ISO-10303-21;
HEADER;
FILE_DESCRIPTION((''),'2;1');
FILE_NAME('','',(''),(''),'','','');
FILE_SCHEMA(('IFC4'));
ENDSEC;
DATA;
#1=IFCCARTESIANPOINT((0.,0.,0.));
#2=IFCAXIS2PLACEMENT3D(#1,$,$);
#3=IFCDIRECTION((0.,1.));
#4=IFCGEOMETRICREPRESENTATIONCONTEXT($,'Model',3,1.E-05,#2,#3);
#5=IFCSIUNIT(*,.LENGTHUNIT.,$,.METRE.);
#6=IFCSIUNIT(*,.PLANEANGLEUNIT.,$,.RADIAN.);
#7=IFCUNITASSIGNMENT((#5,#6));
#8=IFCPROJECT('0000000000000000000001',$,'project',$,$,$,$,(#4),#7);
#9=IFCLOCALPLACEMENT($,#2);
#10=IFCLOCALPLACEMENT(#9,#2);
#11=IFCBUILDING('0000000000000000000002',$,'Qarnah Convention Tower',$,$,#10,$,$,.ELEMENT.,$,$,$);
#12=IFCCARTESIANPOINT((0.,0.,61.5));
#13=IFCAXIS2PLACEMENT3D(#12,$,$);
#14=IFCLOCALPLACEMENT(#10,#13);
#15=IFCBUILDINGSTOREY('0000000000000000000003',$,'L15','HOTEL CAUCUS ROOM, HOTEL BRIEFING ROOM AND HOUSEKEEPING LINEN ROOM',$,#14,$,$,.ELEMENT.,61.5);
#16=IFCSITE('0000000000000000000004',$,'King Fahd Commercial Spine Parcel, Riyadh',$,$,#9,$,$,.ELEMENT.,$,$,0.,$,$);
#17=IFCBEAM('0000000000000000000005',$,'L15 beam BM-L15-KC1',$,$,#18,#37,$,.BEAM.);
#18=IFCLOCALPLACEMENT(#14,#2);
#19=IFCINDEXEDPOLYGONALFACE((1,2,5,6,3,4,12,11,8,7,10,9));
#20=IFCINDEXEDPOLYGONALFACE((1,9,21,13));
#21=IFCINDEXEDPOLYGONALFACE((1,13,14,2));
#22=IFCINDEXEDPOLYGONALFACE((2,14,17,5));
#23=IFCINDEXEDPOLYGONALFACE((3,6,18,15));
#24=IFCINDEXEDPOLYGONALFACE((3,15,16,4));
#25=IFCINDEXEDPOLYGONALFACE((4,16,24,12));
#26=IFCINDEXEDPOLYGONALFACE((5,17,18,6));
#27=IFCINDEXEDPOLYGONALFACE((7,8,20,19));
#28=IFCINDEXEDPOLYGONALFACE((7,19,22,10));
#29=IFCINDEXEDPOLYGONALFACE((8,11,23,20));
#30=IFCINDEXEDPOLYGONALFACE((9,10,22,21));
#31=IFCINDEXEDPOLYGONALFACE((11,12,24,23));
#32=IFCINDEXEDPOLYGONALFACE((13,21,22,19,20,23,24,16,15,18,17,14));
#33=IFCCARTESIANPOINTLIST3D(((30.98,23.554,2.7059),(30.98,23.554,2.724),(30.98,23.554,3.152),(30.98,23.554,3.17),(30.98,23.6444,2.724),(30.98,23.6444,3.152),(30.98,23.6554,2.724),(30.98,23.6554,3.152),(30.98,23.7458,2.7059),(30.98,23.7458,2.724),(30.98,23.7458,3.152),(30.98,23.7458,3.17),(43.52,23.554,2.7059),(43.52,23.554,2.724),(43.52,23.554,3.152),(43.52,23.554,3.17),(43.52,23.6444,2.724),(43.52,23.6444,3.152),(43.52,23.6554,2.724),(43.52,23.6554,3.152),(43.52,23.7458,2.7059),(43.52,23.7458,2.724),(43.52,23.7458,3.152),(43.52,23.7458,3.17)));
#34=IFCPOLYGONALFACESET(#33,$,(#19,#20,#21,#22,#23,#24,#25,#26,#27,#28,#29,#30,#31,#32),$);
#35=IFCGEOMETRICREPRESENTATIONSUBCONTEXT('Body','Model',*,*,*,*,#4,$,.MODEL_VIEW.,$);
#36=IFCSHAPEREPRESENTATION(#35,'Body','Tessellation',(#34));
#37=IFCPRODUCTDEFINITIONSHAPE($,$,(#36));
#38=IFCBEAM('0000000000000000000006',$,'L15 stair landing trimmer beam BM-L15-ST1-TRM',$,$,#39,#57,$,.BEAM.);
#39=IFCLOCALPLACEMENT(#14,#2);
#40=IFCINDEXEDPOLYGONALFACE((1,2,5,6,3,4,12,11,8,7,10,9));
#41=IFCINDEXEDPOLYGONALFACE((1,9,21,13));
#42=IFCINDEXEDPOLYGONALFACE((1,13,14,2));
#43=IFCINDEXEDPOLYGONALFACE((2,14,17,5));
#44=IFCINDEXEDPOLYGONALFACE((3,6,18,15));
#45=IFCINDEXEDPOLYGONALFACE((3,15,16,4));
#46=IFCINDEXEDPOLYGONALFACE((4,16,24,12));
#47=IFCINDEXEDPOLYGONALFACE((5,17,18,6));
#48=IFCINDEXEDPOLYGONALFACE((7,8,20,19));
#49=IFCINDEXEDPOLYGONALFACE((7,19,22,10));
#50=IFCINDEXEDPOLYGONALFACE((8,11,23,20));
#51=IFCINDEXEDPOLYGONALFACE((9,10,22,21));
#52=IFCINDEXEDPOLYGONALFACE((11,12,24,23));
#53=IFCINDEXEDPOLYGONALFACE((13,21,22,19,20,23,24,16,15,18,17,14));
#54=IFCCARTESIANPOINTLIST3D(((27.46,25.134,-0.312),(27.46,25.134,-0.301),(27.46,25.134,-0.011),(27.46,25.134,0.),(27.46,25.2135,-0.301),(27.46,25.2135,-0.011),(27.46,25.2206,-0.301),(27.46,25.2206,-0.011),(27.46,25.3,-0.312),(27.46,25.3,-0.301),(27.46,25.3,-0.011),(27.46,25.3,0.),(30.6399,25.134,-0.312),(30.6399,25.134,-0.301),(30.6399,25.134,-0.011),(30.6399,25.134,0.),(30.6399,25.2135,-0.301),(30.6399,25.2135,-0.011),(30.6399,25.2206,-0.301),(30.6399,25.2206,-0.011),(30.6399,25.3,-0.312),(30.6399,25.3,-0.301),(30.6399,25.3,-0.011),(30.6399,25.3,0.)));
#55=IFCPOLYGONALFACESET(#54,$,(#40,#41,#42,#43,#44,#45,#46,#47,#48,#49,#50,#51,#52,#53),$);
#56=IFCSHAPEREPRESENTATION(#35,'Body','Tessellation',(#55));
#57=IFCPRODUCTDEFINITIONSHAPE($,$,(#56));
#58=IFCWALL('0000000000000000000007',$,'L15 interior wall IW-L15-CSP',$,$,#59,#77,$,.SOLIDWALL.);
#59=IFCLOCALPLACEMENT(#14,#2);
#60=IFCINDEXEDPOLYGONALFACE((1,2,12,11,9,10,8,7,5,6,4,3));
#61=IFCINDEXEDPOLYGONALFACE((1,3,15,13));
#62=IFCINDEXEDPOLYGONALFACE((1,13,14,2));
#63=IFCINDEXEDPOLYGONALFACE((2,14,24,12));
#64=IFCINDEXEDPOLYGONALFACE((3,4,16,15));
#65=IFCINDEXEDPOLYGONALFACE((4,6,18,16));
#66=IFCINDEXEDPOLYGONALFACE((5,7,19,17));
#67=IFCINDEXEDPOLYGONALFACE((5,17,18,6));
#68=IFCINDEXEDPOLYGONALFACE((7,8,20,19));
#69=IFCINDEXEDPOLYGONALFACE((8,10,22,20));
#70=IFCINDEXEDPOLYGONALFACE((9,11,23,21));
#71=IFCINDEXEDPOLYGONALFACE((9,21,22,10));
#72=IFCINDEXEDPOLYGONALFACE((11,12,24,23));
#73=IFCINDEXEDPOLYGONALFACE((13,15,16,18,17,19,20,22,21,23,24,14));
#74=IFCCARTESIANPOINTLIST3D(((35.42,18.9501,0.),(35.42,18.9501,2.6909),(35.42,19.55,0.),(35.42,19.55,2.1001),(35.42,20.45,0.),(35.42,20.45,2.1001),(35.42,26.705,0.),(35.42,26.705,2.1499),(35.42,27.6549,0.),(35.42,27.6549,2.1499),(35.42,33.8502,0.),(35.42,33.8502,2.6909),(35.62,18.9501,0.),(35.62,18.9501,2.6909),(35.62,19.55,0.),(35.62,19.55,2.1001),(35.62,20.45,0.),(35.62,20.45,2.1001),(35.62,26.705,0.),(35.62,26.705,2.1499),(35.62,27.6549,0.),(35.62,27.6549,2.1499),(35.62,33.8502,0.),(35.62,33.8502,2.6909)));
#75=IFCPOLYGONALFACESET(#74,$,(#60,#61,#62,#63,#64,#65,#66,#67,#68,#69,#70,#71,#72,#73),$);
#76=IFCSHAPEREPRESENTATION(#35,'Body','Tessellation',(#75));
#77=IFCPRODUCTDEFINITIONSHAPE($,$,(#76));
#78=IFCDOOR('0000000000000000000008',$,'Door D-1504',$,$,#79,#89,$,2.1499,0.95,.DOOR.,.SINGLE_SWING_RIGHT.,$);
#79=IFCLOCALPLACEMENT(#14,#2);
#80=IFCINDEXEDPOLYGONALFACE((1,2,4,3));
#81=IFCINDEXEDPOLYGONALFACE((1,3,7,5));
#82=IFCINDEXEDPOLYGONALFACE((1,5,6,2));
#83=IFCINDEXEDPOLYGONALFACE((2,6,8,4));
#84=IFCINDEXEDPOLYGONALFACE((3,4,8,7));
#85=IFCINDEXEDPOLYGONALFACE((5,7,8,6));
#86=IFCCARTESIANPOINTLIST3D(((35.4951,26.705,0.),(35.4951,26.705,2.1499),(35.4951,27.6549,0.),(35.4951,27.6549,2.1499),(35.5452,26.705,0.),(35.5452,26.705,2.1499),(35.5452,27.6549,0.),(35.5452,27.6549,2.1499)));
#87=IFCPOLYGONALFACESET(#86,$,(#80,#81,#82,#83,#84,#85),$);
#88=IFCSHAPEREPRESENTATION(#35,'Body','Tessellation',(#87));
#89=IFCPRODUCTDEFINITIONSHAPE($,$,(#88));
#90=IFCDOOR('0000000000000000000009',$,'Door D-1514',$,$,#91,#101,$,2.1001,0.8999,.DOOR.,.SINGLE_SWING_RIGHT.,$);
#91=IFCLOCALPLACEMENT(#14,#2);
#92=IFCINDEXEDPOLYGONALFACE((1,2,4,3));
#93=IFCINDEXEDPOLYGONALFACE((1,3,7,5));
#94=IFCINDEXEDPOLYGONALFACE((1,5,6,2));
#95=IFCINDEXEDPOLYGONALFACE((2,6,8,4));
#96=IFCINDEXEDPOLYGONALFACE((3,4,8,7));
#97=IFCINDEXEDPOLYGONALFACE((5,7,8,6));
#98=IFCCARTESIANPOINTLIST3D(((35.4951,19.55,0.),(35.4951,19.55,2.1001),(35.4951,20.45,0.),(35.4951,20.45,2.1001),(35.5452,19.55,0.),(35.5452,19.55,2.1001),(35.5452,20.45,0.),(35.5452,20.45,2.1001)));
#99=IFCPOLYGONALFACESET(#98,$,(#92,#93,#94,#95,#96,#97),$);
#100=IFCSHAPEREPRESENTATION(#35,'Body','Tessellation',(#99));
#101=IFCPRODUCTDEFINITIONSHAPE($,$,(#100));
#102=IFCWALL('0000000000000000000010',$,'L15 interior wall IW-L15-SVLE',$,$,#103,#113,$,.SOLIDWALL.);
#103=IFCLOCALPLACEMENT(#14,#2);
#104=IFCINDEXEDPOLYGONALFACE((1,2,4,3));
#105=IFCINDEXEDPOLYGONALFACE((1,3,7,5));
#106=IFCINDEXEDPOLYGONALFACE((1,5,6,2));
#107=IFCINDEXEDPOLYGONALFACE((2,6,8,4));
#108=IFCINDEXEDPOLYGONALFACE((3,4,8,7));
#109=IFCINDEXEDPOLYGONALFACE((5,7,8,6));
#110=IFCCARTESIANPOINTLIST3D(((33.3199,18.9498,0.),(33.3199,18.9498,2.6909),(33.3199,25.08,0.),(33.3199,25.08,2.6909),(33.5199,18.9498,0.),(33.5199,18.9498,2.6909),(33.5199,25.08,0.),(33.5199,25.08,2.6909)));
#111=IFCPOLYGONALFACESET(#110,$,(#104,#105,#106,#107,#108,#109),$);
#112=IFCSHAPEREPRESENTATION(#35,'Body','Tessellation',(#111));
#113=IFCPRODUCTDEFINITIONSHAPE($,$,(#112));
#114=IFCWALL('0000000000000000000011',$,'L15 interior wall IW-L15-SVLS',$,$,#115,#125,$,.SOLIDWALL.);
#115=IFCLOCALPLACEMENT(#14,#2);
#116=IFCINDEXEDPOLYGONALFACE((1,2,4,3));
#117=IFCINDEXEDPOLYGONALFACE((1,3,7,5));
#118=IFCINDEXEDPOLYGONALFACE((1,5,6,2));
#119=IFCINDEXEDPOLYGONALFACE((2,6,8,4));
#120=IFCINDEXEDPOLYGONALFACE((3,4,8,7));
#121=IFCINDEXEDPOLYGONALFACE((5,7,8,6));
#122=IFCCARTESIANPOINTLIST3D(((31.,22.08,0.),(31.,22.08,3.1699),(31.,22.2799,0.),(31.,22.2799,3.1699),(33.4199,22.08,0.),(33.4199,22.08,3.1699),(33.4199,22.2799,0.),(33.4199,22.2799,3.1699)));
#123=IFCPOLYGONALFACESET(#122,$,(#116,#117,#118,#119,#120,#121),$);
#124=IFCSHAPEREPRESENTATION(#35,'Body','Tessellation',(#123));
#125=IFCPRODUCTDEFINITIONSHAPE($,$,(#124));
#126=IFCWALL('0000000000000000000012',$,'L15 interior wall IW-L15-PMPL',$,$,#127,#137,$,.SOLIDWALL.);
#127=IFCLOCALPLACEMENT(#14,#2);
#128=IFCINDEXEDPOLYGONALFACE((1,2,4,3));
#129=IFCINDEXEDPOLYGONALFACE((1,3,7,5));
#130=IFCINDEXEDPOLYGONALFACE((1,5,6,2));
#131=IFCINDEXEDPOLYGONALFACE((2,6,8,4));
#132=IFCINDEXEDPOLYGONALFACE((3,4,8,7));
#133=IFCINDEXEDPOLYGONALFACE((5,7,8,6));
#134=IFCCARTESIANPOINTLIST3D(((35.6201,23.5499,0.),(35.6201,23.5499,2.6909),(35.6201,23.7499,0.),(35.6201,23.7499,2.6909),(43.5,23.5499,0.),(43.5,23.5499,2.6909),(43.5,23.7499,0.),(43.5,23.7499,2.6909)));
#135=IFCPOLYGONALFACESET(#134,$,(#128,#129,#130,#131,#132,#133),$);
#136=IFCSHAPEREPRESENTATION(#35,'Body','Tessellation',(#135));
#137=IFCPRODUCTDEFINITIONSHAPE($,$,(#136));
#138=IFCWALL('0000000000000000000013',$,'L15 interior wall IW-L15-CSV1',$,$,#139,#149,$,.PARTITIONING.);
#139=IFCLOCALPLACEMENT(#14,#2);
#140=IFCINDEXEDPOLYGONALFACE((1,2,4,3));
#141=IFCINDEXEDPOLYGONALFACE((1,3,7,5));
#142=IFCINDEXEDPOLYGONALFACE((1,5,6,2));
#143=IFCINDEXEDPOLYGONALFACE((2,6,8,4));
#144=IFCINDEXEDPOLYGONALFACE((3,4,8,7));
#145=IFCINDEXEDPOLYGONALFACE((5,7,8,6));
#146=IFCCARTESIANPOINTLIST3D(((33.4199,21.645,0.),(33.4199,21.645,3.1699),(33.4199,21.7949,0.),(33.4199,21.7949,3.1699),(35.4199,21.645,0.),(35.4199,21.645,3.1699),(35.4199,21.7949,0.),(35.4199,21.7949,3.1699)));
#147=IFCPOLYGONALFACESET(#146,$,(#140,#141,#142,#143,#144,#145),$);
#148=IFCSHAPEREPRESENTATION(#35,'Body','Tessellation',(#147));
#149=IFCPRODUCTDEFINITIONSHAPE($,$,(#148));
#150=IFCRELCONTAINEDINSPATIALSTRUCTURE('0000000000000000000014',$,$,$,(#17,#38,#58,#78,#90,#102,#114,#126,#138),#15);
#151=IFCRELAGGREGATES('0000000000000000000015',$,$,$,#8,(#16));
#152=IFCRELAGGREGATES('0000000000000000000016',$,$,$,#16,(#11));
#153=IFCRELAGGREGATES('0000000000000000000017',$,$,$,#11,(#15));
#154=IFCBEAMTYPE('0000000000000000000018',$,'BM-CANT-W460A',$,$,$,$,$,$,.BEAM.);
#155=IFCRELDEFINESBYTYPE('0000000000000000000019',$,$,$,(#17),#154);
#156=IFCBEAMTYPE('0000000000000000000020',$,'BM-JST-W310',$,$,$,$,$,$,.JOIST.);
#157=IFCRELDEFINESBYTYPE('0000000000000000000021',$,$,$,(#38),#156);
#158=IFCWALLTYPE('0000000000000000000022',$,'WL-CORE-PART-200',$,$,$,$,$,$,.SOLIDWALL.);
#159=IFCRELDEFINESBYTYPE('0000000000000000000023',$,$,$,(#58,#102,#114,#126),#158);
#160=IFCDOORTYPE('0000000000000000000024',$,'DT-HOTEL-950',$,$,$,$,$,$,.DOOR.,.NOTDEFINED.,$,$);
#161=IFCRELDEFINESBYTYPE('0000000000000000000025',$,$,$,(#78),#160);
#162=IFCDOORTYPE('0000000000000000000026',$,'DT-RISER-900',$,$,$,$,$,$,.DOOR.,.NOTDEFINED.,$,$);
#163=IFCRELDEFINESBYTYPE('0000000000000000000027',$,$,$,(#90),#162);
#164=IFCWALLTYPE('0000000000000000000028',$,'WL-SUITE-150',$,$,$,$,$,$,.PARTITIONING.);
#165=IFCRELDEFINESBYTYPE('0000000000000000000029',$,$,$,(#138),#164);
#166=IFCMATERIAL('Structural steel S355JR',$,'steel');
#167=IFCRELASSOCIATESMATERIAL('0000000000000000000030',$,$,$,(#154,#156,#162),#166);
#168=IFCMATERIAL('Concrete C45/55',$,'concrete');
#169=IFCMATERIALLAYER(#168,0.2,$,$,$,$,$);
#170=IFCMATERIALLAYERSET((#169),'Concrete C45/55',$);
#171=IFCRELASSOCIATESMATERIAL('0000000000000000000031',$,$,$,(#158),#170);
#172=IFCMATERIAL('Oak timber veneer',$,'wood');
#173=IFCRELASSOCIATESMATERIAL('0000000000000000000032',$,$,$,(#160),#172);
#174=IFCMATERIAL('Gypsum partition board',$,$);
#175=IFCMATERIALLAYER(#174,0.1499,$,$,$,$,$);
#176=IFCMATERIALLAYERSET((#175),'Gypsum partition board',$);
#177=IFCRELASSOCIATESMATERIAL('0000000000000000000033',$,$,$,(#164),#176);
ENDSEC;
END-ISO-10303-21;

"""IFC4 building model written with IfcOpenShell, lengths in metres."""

from ifc_helpers import new_model, si_unit, direction, frame, frame_2d, origin, origin_2d, place, context, subcontext, project, spatial, rectangle, i_section, extrude, material, layer, layer_set, material_profile, profile_set, type_object, element, fill, save


model = new_model("IFC4")

# Units and contexts
model_context = context("Model", 3, precision=1e-05, world=origin(), true_north=direction((0.0, 1.0)))
body_context = subcontext(model_context, "Body", "Model", "MODEL_VIEW")
ifc_project = project(units=[si_unit("LENGTHUNIT", "METRE"), si_unit("PLANEANGLEUNIT", "RADIAN")], contexts=[model_context])

# Site, building, storey
site_placement = place(None, origin())
site = spatial("IfcSite", under=ifc_project, at=site_placement, Name="King Fahd Commercial Spine Parcel, Riyadh", CompositionType="ELEMENT", RefElevation=0.0)
building_placement = place(site_placement, origin())
building = spatial("IfcBuilding", under=site, at=building_placement, Name="Qarnah Convention Tower", CompositionType="ELEMENT")
storey_placement = place(building_placement, frame((0.0, 0.0, 61.5)))
storey = spatial("IfcBuildingStorey", under=building, at=storey_placement, Name="L15", Description="HOTEL CAUCUS ROOM, HOTEL BRIEFING ROOM AND HOUSEKEEPING LINEN ROOM", CompositionType="ELEMENT", Elevation=61.5)

# Beams
ifc_material_1 = material(Name="Structural steel S355JR", Category="steel")
ifc_material_profile_1 = material_profile(ifc_material_1, i_section(OverallWidth=0.1919, OverallDepth=0.4641, WebThickness=0.011, FlangeThickness=0.0181, at=origin_2d()), Name="W460X89")
ifc_profile_set_1 = profile_set([ifc_material_profile_1], Name="Structural steel S355JR")
beam_type_1 = type_object("IfcBeamType", Name="BM-CANT-W460A", PredefinedType="BEAM", material=ifc_profile_set_1)
beam_1_placement = place(storey_placement, frame((30.98, 23.6499, 2.938), z_axis=(1.0, 0.0, 0.0), x_axis=(0.0, 1.0, 0.0)))
element("IfcBeam", 1, at=beam_1_placement, inside=storey, type_object=beam_type_1, Name="L15 beam BM-L15-KC1", PredefinedType="BEAM", context=body_context, shape_type="SweptSolid", body=[
    extrude(i_section(OverallWidth=0.1919, OverallDepth=0.4641, WebThickness=0.011, FlangeThickness=0.0181, at=origin_2d()), origin(), (0.0, 0.0, 1.0), 12.54),
])
ifc_material_profile_2 = material_profile(ifc_material_1, i_section(OverallWidth=0.166, OverallDepth=0.312, WebThickness=0.0071, FlangeThickness=0.011, at=origin_2d()), Name="W310X45")
ifc_profile_set_2 = profile_set([ifc_material_profile_2], Name="Structural steel S355JR")
beam_type_2 = type_object("IfcBeamType", Name="BM-JST-W310", PredefinedType="JOIST", material=ifc_profile_set_2)
beam_2_placement = place(storey_placement, frame((27.46, 25.217, -0.156), z_axis=(1.0, 0.0, 0.0), x_axis=(0.0, 1.0, 0.0)))
element("IfcBeam", 2, at=beam_2_placement, inside=storey, type_object=beam_type_2, Name="L15 stair landing trimmer beam BM-L15-ST1-TRM", PredefinedType="BEAM", context=body_context, shape_type="SweptSolid", body=[
    extrude(i_section(OverallWidth=0.166, OverallDepth=0.312, WebThickness=0.0071, FlangeThickness=0.011, at=origin_2d()), origin(), (0.0, 0.0, 1.0), 3.1799),
])

# Wall, openings, doors
door_type_1 = type_object("IfcDoorType", Name="DT-RISER-900", OperationType="NOTDEFINED", PredefinedType="DOOR", material=ifc_material_1)
ifc_material_2 = material(Name="Concrete C45/55", Category="concrete")
ifc_layer_1 = layer(ifc_material_2, 0.2)
ifc_layer_set_1 = layer_set([ifc_layer_1], Name="Concrete C45/55")
wall_type_1 = type_object("IfcWallType", Name="WL-CORE-PART-200", PredefinedType="SOLIDWALL", material=ifc_layer_set_1)
wall_1_placement = place(storey_placement, frame((35.52, 18.95, 0.0), z_axis=(0.0, 0.0, 1.0), x_axis=(0.0, 1.0, 0.0)))
wall_1 = element("IfcWall", 3, at=wall_1_placement, inside=storey, type_object=wall_type_1, Name="L15 interior wall IW-L15-CSP", PredefinedType="SOLIDWALL", context=body_context, shape_type="SweptSolid", body=[
    extrude(rectangle(XDim=14.9001, YDim=0.2, at=frame_2d((7.4502, 0.0))), origin(), (0.0, 0.0, 1.0), 2.6909),
])
opening_1_placement = place(wall_1_placement, frame((7.7549, 0.0, 0.0)))
opening_1 = element("IfcOpeningElement", 4, at=opening_1_placement, cuts=wall_1, PredefinedType="OPENING", context=body_context, shape_type="SweptSolid", body=[
    extrude(rectangle(XDim=0.95, YDim=2.1499, at=frame_2d((0.4751, 1.075))), frame((0.0, 0.1099, 0.0), z_axis=(0.0, -1.0, 0.0), x_axis=(1.0, 0.0, 0.0)), (0.0, 0.0, 1.0), 0.22),
])
opening_2_placement = place(wall_1_placement, frame((0.6001, 0.0, 0.0)))
opening_2 = element("IfcOpeningElement", 5, at=opening_2_placement, cuts=wall_1, PredefinedType="OPENING", context=body_context, shape_type="SweptSolid", body=[
    extrude(rectangle(XDim=0.8999, YDim=2.1001, at=frame_2d((0.45, 1.05))), frame((0.0, 0.1099, 0.0), z_axis=(0.0, -1.0, 0.0), x_axis=(1.0, 0.0, 0.0)), (0.0, 0.0, 1.0), 0.22),
])
ifc_material_3 = material(Name="Oak timber veneer", Category="wood")
door_type_2 = type_object("IfcDoorType", Name="DT-HOTEL-950", OperationType="NOTDEFINED", PredefinedType="DOOR", material=ifc_material_3)
door_1_placement = place(opening_1_placement, origin())
door_1 = element("IfcDoor", 6, at=door_1_placement, inside=storey, type_object=door_type_2, Name="Door D-1504", OperationType="SINGLE_SWING_RIGHT", OverallHeight=2.1499, OverallWidth=0.95, PredefinedType="DOOR", context=body_context, shape_type="SweptSolid", body=[
    extrude(rectangle(XDim=0.95, YDim=2.1499, at=frame_2d((0.4751, 1.075))), frame((0.0, 0.0249, 0.0), z_axis=(0.0, -1.0, 0.0), x_axis=(1.0, 0.0, 0.0)), (0.0, 0.0, 1.0), 0.05),
])
fill(opening_1, door_1)
door_2_placement = place(opening_2_placement, origin())
door_2 = element("IfcDoor", 7, at=door_2_placement, inside=storey, type_object=door_type_1, Name="Door D-1514", OperationType="SINGLE_SWING_RIGHT", OverallHeight=2.1001, OverallWidth=0.8999, PredefinedType="DOOR", context=body_context, shape_type="SweptSolid", body=[
    extrude(rectangle(XDim=0.8999, YDim=2.1001, at=frame_2d((0.45, 1.05))), frame((0.0, 0.0249, 0.0), z_axis=(0.0, -1.0, 0.0), x_axis=(1.0, 0.0, 0.0)), (0.0, 0.0, 1.0), 0.05),
])
fill(opening_2, door_2)

# Walls
wall_2_placement = place(storey_placement, frame((33.4199, 18.95, 0.0), z_axis=(0.0, 0.0, 1.0), x_axis=(0.0, 1.0, 0.0)))
element("IfcWall", 8, at=wall_2_placement, inside=storey, type_object=wall_type_1, Name="L15 interior wall IW-L15-SVLE", PredefinedType="SOLIDWALL", context=body_context, shape_type="SweptSolid", body=[
    extrude(rectangle(XDim=6.1301, YDim=0.2, at=frame_2d((3.0649, 0.0))), origin(), (0.0, 0.0, 1.0), 2.6909),
])
wall_3_placement = place(storey_placement, frame((31.0, 22.1799, 0.0), z_axis=(0.0, 0.0, 1.0), x_axis=(1.0, 0.0, 0.0)))
element("IfcWall", 9, at=wall_3_placement, inside=storey, type_object=wall_type_1, Name="L15 interior wall IW-L15-SVLS", PredefinedType="SOLIDWALL", context=body_context, shape_type="SweptSolid", body=[
    extrude(rectangle(XDim=2.4199, YDim=0.2, at=frame_2d((1.21, 0.0))), origin(), (0.0, 0.0, 1.0), 3.1699),
])
wall_4_placement = place(storey_placement, frame((35.6201, 23.6499, 0.0), z_axis=(0.0, 0.0, 1.0), x_axis=(1.0, 0.0, 0.0)))
element("IfcWall", 10, at=wall_4_placement, inside=storey, type_object=wall_type_1, Name="L15 interior wall IW-L15-PMPL", PredefinedType="SOLIDWALL", context=body_context, shape_type="SweptSolid", body=[
    extrude(rectangle(XDim=7.8799, YDim=0.2, at=frame_2d((3.9399, 0.0))), origin(), (0.0, 0.0, 1.0), 2.6909),
])

# Wall
ifc_material_4 = material(Name="Gypsum partition board")
ifc_layer_2 = layer(ifc_material_4, 0.1499)
ifc_layer_set_2 = layer_set([ifc_layer_2], Name="Gypsum partition board")
wall_type_2 = type_object("IfcWallType", Name="WL-SUITE-150", PredefinedType="PARTITIONING", material=ifc_layer_set_2)
wall_5_placement = place(storey_placement, frame((33.4199, 21.72, 0.0), z_axis=(0.0, 0.0, 1.0), x_axis=(1.0, 0.0, 0.0)))
element("IfcWall", 11, at=wall_5_placement, inside=storey, type_object=wall_type_2, Name="L15 interior wall IW-L15-CSV1", PredefinedType="PARTITIONING", context=body_context, shape_type="SweptSolid", body=[
    extrude(rectangle(XDim=2.0, YDim=0.1499, at=frame_2d((1.0, 0.0))), origin(), (0.0, 0.0, 1.0), 3.1699),
])

save(model, "model.ifc")
